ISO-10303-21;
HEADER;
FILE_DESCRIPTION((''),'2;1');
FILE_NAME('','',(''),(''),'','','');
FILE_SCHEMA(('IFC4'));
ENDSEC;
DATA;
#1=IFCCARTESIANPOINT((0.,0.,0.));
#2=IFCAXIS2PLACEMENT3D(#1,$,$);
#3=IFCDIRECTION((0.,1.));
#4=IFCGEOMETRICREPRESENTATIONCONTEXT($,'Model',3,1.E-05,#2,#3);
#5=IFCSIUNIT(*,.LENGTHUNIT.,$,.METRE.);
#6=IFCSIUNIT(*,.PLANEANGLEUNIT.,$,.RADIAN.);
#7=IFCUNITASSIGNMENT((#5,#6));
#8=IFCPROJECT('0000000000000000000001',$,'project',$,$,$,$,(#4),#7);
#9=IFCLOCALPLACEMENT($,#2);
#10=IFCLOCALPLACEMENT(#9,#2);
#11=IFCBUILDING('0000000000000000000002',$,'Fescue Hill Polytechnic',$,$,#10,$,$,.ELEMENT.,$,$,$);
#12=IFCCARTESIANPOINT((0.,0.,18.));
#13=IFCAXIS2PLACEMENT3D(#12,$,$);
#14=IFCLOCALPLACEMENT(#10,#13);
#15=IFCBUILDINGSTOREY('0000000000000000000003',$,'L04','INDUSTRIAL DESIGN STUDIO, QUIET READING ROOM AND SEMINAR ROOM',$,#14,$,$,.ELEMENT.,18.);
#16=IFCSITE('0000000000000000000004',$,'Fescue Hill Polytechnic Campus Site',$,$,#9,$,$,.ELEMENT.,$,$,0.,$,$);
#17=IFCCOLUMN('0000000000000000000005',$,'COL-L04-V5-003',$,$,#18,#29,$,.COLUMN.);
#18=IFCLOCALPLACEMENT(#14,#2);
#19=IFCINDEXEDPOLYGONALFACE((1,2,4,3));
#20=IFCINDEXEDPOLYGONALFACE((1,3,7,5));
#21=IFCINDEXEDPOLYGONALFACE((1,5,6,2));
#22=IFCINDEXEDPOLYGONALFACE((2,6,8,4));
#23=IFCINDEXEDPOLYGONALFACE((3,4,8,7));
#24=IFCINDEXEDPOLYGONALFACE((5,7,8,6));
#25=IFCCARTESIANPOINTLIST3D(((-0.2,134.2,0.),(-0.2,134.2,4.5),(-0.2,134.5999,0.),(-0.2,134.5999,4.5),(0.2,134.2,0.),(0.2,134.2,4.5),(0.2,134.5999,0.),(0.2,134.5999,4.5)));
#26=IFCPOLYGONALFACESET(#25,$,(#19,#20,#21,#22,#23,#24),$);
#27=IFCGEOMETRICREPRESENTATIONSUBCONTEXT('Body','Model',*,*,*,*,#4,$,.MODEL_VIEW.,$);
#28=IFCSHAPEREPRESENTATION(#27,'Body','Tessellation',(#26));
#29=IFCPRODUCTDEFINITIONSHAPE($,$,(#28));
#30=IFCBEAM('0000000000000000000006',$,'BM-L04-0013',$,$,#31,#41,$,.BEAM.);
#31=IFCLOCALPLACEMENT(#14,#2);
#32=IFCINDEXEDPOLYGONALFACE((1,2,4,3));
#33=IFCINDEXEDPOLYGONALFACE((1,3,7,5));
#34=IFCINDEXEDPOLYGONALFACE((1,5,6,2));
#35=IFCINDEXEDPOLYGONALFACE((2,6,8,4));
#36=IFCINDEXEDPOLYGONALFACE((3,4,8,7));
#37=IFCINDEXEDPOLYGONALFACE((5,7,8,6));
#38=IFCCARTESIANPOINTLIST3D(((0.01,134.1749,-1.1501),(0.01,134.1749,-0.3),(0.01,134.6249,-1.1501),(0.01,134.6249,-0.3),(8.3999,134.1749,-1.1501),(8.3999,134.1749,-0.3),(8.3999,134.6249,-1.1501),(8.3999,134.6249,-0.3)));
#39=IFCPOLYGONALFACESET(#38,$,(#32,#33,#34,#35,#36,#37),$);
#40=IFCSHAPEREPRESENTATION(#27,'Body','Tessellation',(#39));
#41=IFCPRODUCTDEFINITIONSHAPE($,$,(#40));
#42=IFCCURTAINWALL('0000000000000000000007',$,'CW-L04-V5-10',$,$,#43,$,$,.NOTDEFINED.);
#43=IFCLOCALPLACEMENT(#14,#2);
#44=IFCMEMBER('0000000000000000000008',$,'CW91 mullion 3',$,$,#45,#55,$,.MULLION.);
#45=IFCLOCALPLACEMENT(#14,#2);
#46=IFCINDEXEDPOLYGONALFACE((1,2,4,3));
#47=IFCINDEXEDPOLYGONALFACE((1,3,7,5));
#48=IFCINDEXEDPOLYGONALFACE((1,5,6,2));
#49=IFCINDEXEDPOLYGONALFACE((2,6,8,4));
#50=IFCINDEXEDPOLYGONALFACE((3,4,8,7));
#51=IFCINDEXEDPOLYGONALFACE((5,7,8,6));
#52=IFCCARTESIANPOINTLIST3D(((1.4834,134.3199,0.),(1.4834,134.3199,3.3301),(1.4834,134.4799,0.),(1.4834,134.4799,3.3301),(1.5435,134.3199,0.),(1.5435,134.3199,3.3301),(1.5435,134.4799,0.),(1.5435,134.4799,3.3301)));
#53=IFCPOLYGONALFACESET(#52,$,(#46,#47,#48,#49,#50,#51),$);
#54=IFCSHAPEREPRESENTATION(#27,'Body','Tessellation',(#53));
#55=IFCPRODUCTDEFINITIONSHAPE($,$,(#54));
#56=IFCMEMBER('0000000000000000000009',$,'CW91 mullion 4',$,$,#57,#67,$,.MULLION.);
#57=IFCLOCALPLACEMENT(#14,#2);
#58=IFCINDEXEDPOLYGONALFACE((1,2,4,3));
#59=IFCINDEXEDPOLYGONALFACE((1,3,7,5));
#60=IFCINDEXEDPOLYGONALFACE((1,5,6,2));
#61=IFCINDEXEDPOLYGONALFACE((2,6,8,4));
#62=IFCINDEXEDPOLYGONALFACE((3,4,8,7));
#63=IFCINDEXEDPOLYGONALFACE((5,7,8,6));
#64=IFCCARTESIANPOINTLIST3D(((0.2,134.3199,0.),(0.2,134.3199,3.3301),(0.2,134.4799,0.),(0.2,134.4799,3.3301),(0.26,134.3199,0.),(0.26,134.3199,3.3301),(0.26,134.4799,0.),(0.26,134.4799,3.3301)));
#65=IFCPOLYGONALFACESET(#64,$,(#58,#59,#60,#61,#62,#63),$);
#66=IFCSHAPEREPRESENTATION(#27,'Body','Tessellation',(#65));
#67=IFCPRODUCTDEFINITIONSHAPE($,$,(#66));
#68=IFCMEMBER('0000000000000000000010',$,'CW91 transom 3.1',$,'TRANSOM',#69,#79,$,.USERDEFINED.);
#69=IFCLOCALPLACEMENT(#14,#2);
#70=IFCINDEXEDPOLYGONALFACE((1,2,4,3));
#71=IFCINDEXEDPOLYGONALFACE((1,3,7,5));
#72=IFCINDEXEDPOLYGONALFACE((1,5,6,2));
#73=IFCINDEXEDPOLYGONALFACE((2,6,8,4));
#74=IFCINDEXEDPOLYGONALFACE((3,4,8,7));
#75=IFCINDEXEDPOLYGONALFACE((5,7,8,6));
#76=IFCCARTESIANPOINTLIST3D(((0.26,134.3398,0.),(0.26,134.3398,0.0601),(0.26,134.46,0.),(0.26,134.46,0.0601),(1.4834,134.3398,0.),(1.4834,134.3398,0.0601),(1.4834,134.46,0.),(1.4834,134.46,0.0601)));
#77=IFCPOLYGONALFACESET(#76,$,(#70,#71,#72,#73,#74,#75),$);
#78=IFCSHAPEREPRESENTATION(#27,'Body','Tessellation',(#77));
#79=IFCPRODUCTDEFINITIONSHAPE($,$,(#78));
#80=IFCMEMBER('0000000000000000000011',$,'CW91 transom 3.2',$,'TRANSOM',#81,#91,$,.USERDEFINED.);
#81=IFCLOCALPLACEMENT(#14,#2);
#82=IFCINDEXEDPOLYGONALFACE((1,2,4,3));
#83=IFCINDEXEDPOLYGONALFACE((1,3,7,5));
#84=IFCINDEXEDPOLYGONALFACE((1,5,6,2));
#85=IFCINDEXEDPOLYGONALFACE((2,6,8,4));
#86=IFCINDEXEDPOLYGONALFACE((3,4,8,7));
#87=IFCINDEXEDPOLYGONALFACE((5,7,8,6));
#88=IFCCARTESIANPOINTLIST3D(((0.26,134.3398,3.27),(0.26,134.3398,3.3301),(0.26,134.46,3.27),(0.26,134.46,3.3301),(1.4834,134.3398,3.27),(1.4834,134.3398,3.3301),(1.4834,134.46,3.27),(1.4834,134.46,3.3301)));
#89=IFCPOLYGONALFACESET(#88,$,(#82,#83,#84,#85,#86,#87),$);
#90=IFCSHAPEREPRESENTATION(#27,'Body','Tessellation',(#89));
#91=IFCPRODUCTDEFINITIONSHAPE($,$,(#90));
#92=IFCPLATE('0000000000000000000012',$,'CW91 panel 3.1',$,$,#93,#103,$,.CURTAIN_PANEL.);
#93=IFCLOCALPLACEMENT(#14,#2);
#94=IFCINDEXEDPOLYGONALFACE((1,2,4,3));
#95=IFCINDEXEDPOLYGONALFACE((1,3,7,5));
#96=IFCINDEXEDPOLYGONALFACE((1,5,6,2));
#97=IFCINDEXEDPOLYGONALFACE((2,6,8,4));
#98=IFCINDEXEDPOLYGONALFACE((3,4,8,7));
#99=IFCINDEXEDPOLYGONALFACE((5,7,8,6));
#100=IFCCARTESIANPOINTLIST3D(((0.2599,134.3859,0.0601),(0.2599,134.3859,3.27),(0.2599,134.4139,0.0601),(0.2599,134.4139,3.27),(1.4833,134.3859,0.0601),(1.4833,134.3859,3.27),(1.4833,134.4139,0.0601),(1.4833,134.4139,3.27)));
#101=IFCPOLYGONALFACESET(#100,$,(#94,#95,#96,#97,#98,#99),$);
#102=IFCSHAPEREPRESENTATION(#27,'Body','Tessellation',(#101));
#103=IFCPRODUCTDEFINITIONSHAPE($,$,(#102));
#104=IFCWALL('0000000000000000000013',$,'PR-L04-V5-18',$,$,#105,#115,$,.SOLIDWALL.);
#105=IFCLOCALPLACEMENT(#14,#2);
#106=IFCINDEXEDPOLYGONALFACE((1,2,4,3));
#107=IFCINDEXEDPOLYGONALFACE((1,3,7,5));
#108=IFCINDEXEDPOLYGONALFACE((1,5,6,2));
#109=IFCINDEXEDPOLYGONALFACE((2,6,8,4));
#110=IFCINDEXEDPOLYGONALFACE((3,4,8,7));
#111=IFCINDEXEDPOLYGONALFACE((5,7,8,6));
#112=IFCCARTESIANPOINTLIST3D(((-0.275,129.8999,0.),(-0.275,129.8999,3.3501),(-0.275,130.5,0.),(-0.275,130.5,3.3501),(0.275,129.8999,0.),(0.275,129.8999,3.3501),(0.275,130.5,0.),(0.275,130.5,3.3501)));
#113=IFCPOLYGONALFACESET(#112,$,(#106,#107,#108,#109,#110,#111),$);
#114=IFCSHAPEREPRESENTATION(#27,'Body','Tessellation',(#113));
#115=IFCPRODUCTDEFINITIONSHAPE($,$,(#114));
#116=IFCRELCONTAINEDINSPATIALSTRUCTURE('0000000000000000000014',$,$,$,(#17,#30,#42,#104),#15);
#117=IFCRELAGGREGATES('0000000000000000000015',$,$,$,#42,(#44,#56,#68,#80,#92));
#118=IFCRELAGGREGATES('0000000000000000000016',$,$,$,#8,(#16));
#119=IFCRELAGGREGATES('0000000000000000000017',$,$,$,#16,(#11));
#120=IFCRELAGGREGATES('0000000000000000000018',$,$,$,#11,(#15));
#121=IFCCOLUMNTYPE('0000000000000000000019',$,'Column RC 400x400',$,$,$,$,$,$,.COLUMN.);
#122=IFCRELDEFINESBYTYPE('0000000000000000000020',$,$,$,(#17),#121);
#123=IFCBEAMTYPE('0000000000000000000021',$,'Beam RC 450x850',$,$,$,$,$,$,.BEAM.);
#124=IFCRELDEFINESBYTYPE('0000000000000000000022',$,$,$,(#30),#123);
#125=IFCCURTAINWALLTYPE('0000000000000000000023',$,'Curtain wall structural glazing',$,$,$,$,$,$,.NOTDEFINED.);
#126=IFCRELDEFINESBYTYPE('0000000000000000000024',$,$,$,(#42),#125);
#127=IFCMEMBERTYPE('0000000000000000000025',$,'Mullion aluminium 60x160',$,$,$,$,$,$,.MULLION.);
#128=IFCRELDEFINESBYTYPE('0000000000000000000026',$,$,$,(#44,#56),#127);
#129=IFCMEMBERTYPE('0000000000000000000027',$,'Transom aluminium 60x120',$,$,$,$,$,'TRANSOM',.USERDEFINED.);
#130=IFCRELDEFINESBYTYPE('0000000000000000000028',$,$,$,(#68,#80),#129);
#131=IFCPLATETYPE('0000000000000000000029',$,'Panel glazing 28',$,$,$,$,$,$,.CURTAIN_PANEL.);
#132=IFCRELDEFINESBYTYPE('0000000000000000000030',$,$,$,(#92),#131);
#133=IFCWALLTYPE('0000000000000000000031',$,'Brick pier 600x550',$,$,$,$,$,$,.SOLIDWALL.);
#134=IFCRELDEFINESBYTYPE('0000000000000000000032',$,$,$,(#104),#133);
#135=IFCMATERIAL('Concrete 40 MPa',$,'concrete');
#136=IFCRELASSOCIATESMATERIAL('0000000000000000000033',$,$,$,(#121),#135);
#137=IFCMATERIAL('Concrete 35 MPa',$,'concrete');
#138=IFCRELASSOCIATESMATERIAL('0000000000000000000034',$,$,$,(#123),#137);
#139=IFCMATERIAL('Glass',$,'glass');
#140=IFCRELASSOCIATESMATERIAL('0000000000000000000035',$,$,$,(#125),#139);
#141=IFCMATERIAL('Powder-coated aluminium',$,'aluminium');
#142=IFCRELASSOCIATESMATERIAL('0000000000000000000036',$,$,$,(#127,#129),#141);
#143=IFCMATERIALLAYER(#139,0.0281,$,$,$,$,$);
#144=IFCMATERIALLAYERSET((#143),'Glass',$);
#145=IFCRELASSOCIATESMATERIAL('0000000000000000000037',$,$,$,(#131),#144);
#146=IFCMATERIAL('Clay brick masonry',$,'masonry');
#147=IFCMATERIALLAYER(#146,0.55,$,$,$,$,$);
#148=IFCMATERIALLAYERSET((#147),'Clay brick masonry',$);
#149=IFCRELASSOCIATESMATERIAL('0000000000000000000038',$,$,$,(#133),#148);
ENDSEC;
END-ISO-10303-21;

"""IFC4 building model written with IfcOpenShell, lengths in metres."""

from ifc_helpers import new_model, si_unit, direction, frame, frame_2d, origin, origin_2d, place, context, subcontext, project, spatial, rectangle, extrude, material, layer, layer_set, material_profile, profile_set, type_object, element, aggregate, save


model = new_model("IFC4")

# Units and contexts
model_context = context("Model", 3, precision=1e-05, world=origin(), true_north=direction((0.0, 1.0)))
body_context = subcontext(model_context, "Body", "Model", "MODEL_VIEW")
ifc_project = project(units=[si_unit("LENGTHUNIT", "METRE"), si_unit("PLANEANGLEUNIT", "RADIAN")], contexts=[model_context])

# Site, building, storey
site_placement = place(None, origin())
site = spatial("IfcSite", under=ifc_project, at=site_placement, Name="Fescue Hill Polytechnic Campus Site", CompositionType="ELEMENT", RefElevation=0.0)
building_placement = place(site_placement, origin())
building = spatial("IfcBuilding", under=site, at=building_placement, Name="Fescue Hill Polytechnic", CompositionType="ELEMENT")
storey_placement = place(building_placement, frame((0.0, 0.0, 18.0)))
storey = spatial("IfcBuildingStorey", under=building, at=storey_placement, Name="L04", Description="INDUSTRIAL DESIGN STUDIO, QUIET READING ROOM AND SEMINAR ROOM", CompositionType="ELEMENT", Elevation=18.0)

# Column
ifc_material_1 = material(Name="Concrete 40 MPa", Category="concrete")
ifc_material_profile_1 = material_profile(ifc_material_1, rectangle(XDim=0.3999, YDim=0.3999, at=origin_2d()), Name="RC 400x400")
ifc_profile_set_1 = profile_set([ifc_material_profile_1], Name="Concrete 40 MPa")
column_type = type_object("IfcColumnType", Name="Column RC 400x400", PredefinedType="COLUMN", material=ifc_profile_set_1)
column_placement = place(storey_placement, frame((0.0, 134.3999, 0.0), z_axis=(0.0, 0.0, 1.0), x_axis=(1.0, 0.0, 0.0)))
element("IfcColumn", 1, at=column_placement, inside=storey, type_object=column_type, Name="COL-L04-V5-003", PredefinedType="COLUMN", context=body_context, shape_type="SweptSolid", body=[
    extrude(rectangle(XDim=0.3999, YDim=0.3999, at=origin_2d()), origin(), (0.0, 0.0, 1.0), 4.5),
])

# Beam
ifc_material_2 = material(Name="Concrete 35 MPa", Category="concrete")
ifc_material_profile_2 = material_profile(ifc_material_2, rectangle(XDim=0.45, YDim=0.8501, at=origin_2d()), Name="RC 450x850")
ifc_profile_set_2 = profile_set([ifc_material_profile_2], Name="Concrete 35 MPa")
beam_type = type_object("IfcBeamType", Name="Beam RC 450x850", PredefinedType="BEAM", material=ifc_profile_set_2)
beam_placement = place(storey_placement, frame((0.01, 134.3999, -0.7251), z_axis=(1.0, 0.0, 0.0), x_axis=(0.0, 1.0, 0.0)))
element("IfcBeam", 2, at=beam_placement, inside=storey, type_object=beam_type, Name="BM-L04-0013", PredefinedType="BEAM", context=body_context, shape_type="SweptSolid", body=[
    extrude(rectangle(XDim=0.45, YDim=0.8501, at=origin_2d()), origin(), (0.0, 0.0, 1.0), 8.3899),
])

# Curtain wall, members, plate
ifc_material_3 = material(Name="Glass", Category="glass")
curtain_wall_type = type_object("IfcCurtainWallType", Name="Curtain wall structural glazing", PredefinedType="NOTDEFINED", material=ifc_material_3)
curtain_wall_placement = place(storey_placement, origin())
curtain_wall = element("IfcCurtainWall", 3, at=curtain_wall_placement, inside=storey, type_object=curtain_wall_type, Name="CW-L04-V5-10", PredefinedType="NOTDEFINED")
ifc_material_4 = material(Name="Powder-coated aluminium", Category="aluminium")
ifc_material_profile_3 = material_profile(ifc_material_4, rectangle(XDim=0.1599, YDim=0.0601, at=origin_2d()), Name="Mullion aluminium 60x160")
ifc_profile_set_3 = profile_set([ifc_material_profile_3], Name="Powder-coated aluminium")
member_type_1 = type_object("IfcMemberType", Name="Mullion aluminium 60x160", PredefinedType="MULLION", material=ifc_profile_set_3)
member_1_placement = place(storey_placement, frame((1.5134, 134.3999, 0.0), z_axis=(0.0, 0.0, 1.0), x_axis=(0.0, -1.0, 0.0)))
member_1 = element("IfcMember", 4, at=member_1_placement, type_object=member_type_1, Name="CW91 mullion 3", PredefinedType="MULLION", context=body_context, shape_type="SweptSolid", body=[
    extrude(rectangle(XDim=0.1599, YDim=0.0601, at=origin_2d()), origin(), (0.0, 0.0, 1.0), 3.3301),
])
member_2_placement = place(storey_placement, frame((0.23, 134.3999, 0.0), z_axis=(0.0, 0.0, 1.0), x_axis=(0.0, -1.0, 0.0)))
member_2 = element("IfcMember", 5, at=member_2_placement, type_object=member_type_1, Name="CW91 mullion 4", PredefinedType="MULLION", context=body_context, shape_type="SweptSolid", body=[
    extrude(rectangle(XDim=0.1599, YDim=0.0601, at=origin_2d()), origin(), (0.0, 0.0, 1.0), 3.3301),
])
ifc_material_profile_4 = material_profile(ifc_material_4, rectangle(XDim=0.1201, YDim=0.0601, at=origin_2d()), Name="Transom aluminium 60x120")
ifc_profile_set_4 = profile_set([ifc_material_profile_4], Name="Powder-coated aluminium")
member_type_2 = type_object("IfcMemberType", Name="Transom aluminium 60x120", ElementType="TRANSOM", PredefinedType="USERDEFINED", material=ifc_profile_set_4)
member_3_placement = place(storey_placement, frame((1.4834, 134.3999, 0.03), z_axis=(-1.0, 0.0, 0.0), x_axis=(0.0, -1.0, 0.0)))
member_3 = element("IfcMember", 6, at=member_3_placement, type_object=member_type_2, Name="CW91 transom 3.1", ObjectType="TRANSOM", PredefinedType="USERDEFINED", context=body_context, shape_type="SweptSolid", body=[
    extrude(rectangle(XDim=0.1201, YDim=0.0601, at=origin_2d()), origin(), (0.0, 0.0, 1.0), 1.2234),
])
member_4_placement = place(storey_placement, frame((1.4834, 134.3999, 3.3), z_axis=(-1.0, 0.0, 0.0), x_axis=(0.0, -1.0, 0.0)))
member_4 = element("IfcMember", 7, at=member_4_placement, type_object=member_type_2, Name="CW91 transom 3.2", ObjectType="TRANSOM", PredefinedType="USERDEFINED", context=body_context, shape_type="SweptSolid", body=[
    extrude(rectangle(XDim=0.1201, YDim=0.0601, at=origin_2d()), origin(), (0.0, 0.0, 1.0), 1.2234),
])
ifc_layer_1 = layer(ifc_material_3, 0.0281)
ifc_layer_set_1 = layer_set([ifc_layer_1], Name="Glass")
plate_type = type_object("IfcPlateType", Name="Panel glazing 28", PredefinedType="CURTAIN_PANEL", material=ifc_layer_set_1)
plate_placement = place(storey_placement, frame((0.8716, 134.3999, 0.0601), z_axis=(0.0, 0.0, 1.0), x_axis=(-1.0, 0.0, 0.0)))
plate = element("IfcPlate", 8, at=plate_placement, type_object=plate_type, Name="CW91 panel 3.1", PredefinedType="CURTAIN_PANEL", context=body_context, shape_type="SweptSolid", body=[
    extrude(rectangle(XDim=1.2234, YDim=0.0281, at=origin_2d()), origin(), (0.0, 0.0, 1.0), 3.21),
])
aggregate(curtain_wall, [member_1, member_2, member_3, member_4, plate])

# Wall
ifc_material_5 = material(Name="Clay brick masonry", Category="masonry")
ifc_layer_2 = layer(ifc_material_5, 0.55)
ifc_layer_set_2 = layer_set([ifc_layer_2], Name="Clay brick masonry")
wall_type_1 = type_object("IfcWallType", Name="Brick pier 600x550", PredefinedType="SOLIDWALL", material=ifc_layer_set_2)
wall_1_placement = place(storey_placement, frame((0.0, 130.5, 0.0), z_axis=(0.0, 0.0, 1.0), x_axis=(0.0, -1.0, 0.0)))
element("IfcWall", 9, at=wall_1_placement, inside=storey, type_object=wall_type_1, Name="PR-L04-V5-18", PredefinedType="SOLIDWALL", context=body_context, shape_type="SweptSolid", body=[
    extrude(rectangle(XDim=0.6001, YDim=0.55, at=frame_2d((0.3, 0.0))), origin(), (0.0, 0.0, 1.0), 3.3501),
])

save(model, "model.ifc")
